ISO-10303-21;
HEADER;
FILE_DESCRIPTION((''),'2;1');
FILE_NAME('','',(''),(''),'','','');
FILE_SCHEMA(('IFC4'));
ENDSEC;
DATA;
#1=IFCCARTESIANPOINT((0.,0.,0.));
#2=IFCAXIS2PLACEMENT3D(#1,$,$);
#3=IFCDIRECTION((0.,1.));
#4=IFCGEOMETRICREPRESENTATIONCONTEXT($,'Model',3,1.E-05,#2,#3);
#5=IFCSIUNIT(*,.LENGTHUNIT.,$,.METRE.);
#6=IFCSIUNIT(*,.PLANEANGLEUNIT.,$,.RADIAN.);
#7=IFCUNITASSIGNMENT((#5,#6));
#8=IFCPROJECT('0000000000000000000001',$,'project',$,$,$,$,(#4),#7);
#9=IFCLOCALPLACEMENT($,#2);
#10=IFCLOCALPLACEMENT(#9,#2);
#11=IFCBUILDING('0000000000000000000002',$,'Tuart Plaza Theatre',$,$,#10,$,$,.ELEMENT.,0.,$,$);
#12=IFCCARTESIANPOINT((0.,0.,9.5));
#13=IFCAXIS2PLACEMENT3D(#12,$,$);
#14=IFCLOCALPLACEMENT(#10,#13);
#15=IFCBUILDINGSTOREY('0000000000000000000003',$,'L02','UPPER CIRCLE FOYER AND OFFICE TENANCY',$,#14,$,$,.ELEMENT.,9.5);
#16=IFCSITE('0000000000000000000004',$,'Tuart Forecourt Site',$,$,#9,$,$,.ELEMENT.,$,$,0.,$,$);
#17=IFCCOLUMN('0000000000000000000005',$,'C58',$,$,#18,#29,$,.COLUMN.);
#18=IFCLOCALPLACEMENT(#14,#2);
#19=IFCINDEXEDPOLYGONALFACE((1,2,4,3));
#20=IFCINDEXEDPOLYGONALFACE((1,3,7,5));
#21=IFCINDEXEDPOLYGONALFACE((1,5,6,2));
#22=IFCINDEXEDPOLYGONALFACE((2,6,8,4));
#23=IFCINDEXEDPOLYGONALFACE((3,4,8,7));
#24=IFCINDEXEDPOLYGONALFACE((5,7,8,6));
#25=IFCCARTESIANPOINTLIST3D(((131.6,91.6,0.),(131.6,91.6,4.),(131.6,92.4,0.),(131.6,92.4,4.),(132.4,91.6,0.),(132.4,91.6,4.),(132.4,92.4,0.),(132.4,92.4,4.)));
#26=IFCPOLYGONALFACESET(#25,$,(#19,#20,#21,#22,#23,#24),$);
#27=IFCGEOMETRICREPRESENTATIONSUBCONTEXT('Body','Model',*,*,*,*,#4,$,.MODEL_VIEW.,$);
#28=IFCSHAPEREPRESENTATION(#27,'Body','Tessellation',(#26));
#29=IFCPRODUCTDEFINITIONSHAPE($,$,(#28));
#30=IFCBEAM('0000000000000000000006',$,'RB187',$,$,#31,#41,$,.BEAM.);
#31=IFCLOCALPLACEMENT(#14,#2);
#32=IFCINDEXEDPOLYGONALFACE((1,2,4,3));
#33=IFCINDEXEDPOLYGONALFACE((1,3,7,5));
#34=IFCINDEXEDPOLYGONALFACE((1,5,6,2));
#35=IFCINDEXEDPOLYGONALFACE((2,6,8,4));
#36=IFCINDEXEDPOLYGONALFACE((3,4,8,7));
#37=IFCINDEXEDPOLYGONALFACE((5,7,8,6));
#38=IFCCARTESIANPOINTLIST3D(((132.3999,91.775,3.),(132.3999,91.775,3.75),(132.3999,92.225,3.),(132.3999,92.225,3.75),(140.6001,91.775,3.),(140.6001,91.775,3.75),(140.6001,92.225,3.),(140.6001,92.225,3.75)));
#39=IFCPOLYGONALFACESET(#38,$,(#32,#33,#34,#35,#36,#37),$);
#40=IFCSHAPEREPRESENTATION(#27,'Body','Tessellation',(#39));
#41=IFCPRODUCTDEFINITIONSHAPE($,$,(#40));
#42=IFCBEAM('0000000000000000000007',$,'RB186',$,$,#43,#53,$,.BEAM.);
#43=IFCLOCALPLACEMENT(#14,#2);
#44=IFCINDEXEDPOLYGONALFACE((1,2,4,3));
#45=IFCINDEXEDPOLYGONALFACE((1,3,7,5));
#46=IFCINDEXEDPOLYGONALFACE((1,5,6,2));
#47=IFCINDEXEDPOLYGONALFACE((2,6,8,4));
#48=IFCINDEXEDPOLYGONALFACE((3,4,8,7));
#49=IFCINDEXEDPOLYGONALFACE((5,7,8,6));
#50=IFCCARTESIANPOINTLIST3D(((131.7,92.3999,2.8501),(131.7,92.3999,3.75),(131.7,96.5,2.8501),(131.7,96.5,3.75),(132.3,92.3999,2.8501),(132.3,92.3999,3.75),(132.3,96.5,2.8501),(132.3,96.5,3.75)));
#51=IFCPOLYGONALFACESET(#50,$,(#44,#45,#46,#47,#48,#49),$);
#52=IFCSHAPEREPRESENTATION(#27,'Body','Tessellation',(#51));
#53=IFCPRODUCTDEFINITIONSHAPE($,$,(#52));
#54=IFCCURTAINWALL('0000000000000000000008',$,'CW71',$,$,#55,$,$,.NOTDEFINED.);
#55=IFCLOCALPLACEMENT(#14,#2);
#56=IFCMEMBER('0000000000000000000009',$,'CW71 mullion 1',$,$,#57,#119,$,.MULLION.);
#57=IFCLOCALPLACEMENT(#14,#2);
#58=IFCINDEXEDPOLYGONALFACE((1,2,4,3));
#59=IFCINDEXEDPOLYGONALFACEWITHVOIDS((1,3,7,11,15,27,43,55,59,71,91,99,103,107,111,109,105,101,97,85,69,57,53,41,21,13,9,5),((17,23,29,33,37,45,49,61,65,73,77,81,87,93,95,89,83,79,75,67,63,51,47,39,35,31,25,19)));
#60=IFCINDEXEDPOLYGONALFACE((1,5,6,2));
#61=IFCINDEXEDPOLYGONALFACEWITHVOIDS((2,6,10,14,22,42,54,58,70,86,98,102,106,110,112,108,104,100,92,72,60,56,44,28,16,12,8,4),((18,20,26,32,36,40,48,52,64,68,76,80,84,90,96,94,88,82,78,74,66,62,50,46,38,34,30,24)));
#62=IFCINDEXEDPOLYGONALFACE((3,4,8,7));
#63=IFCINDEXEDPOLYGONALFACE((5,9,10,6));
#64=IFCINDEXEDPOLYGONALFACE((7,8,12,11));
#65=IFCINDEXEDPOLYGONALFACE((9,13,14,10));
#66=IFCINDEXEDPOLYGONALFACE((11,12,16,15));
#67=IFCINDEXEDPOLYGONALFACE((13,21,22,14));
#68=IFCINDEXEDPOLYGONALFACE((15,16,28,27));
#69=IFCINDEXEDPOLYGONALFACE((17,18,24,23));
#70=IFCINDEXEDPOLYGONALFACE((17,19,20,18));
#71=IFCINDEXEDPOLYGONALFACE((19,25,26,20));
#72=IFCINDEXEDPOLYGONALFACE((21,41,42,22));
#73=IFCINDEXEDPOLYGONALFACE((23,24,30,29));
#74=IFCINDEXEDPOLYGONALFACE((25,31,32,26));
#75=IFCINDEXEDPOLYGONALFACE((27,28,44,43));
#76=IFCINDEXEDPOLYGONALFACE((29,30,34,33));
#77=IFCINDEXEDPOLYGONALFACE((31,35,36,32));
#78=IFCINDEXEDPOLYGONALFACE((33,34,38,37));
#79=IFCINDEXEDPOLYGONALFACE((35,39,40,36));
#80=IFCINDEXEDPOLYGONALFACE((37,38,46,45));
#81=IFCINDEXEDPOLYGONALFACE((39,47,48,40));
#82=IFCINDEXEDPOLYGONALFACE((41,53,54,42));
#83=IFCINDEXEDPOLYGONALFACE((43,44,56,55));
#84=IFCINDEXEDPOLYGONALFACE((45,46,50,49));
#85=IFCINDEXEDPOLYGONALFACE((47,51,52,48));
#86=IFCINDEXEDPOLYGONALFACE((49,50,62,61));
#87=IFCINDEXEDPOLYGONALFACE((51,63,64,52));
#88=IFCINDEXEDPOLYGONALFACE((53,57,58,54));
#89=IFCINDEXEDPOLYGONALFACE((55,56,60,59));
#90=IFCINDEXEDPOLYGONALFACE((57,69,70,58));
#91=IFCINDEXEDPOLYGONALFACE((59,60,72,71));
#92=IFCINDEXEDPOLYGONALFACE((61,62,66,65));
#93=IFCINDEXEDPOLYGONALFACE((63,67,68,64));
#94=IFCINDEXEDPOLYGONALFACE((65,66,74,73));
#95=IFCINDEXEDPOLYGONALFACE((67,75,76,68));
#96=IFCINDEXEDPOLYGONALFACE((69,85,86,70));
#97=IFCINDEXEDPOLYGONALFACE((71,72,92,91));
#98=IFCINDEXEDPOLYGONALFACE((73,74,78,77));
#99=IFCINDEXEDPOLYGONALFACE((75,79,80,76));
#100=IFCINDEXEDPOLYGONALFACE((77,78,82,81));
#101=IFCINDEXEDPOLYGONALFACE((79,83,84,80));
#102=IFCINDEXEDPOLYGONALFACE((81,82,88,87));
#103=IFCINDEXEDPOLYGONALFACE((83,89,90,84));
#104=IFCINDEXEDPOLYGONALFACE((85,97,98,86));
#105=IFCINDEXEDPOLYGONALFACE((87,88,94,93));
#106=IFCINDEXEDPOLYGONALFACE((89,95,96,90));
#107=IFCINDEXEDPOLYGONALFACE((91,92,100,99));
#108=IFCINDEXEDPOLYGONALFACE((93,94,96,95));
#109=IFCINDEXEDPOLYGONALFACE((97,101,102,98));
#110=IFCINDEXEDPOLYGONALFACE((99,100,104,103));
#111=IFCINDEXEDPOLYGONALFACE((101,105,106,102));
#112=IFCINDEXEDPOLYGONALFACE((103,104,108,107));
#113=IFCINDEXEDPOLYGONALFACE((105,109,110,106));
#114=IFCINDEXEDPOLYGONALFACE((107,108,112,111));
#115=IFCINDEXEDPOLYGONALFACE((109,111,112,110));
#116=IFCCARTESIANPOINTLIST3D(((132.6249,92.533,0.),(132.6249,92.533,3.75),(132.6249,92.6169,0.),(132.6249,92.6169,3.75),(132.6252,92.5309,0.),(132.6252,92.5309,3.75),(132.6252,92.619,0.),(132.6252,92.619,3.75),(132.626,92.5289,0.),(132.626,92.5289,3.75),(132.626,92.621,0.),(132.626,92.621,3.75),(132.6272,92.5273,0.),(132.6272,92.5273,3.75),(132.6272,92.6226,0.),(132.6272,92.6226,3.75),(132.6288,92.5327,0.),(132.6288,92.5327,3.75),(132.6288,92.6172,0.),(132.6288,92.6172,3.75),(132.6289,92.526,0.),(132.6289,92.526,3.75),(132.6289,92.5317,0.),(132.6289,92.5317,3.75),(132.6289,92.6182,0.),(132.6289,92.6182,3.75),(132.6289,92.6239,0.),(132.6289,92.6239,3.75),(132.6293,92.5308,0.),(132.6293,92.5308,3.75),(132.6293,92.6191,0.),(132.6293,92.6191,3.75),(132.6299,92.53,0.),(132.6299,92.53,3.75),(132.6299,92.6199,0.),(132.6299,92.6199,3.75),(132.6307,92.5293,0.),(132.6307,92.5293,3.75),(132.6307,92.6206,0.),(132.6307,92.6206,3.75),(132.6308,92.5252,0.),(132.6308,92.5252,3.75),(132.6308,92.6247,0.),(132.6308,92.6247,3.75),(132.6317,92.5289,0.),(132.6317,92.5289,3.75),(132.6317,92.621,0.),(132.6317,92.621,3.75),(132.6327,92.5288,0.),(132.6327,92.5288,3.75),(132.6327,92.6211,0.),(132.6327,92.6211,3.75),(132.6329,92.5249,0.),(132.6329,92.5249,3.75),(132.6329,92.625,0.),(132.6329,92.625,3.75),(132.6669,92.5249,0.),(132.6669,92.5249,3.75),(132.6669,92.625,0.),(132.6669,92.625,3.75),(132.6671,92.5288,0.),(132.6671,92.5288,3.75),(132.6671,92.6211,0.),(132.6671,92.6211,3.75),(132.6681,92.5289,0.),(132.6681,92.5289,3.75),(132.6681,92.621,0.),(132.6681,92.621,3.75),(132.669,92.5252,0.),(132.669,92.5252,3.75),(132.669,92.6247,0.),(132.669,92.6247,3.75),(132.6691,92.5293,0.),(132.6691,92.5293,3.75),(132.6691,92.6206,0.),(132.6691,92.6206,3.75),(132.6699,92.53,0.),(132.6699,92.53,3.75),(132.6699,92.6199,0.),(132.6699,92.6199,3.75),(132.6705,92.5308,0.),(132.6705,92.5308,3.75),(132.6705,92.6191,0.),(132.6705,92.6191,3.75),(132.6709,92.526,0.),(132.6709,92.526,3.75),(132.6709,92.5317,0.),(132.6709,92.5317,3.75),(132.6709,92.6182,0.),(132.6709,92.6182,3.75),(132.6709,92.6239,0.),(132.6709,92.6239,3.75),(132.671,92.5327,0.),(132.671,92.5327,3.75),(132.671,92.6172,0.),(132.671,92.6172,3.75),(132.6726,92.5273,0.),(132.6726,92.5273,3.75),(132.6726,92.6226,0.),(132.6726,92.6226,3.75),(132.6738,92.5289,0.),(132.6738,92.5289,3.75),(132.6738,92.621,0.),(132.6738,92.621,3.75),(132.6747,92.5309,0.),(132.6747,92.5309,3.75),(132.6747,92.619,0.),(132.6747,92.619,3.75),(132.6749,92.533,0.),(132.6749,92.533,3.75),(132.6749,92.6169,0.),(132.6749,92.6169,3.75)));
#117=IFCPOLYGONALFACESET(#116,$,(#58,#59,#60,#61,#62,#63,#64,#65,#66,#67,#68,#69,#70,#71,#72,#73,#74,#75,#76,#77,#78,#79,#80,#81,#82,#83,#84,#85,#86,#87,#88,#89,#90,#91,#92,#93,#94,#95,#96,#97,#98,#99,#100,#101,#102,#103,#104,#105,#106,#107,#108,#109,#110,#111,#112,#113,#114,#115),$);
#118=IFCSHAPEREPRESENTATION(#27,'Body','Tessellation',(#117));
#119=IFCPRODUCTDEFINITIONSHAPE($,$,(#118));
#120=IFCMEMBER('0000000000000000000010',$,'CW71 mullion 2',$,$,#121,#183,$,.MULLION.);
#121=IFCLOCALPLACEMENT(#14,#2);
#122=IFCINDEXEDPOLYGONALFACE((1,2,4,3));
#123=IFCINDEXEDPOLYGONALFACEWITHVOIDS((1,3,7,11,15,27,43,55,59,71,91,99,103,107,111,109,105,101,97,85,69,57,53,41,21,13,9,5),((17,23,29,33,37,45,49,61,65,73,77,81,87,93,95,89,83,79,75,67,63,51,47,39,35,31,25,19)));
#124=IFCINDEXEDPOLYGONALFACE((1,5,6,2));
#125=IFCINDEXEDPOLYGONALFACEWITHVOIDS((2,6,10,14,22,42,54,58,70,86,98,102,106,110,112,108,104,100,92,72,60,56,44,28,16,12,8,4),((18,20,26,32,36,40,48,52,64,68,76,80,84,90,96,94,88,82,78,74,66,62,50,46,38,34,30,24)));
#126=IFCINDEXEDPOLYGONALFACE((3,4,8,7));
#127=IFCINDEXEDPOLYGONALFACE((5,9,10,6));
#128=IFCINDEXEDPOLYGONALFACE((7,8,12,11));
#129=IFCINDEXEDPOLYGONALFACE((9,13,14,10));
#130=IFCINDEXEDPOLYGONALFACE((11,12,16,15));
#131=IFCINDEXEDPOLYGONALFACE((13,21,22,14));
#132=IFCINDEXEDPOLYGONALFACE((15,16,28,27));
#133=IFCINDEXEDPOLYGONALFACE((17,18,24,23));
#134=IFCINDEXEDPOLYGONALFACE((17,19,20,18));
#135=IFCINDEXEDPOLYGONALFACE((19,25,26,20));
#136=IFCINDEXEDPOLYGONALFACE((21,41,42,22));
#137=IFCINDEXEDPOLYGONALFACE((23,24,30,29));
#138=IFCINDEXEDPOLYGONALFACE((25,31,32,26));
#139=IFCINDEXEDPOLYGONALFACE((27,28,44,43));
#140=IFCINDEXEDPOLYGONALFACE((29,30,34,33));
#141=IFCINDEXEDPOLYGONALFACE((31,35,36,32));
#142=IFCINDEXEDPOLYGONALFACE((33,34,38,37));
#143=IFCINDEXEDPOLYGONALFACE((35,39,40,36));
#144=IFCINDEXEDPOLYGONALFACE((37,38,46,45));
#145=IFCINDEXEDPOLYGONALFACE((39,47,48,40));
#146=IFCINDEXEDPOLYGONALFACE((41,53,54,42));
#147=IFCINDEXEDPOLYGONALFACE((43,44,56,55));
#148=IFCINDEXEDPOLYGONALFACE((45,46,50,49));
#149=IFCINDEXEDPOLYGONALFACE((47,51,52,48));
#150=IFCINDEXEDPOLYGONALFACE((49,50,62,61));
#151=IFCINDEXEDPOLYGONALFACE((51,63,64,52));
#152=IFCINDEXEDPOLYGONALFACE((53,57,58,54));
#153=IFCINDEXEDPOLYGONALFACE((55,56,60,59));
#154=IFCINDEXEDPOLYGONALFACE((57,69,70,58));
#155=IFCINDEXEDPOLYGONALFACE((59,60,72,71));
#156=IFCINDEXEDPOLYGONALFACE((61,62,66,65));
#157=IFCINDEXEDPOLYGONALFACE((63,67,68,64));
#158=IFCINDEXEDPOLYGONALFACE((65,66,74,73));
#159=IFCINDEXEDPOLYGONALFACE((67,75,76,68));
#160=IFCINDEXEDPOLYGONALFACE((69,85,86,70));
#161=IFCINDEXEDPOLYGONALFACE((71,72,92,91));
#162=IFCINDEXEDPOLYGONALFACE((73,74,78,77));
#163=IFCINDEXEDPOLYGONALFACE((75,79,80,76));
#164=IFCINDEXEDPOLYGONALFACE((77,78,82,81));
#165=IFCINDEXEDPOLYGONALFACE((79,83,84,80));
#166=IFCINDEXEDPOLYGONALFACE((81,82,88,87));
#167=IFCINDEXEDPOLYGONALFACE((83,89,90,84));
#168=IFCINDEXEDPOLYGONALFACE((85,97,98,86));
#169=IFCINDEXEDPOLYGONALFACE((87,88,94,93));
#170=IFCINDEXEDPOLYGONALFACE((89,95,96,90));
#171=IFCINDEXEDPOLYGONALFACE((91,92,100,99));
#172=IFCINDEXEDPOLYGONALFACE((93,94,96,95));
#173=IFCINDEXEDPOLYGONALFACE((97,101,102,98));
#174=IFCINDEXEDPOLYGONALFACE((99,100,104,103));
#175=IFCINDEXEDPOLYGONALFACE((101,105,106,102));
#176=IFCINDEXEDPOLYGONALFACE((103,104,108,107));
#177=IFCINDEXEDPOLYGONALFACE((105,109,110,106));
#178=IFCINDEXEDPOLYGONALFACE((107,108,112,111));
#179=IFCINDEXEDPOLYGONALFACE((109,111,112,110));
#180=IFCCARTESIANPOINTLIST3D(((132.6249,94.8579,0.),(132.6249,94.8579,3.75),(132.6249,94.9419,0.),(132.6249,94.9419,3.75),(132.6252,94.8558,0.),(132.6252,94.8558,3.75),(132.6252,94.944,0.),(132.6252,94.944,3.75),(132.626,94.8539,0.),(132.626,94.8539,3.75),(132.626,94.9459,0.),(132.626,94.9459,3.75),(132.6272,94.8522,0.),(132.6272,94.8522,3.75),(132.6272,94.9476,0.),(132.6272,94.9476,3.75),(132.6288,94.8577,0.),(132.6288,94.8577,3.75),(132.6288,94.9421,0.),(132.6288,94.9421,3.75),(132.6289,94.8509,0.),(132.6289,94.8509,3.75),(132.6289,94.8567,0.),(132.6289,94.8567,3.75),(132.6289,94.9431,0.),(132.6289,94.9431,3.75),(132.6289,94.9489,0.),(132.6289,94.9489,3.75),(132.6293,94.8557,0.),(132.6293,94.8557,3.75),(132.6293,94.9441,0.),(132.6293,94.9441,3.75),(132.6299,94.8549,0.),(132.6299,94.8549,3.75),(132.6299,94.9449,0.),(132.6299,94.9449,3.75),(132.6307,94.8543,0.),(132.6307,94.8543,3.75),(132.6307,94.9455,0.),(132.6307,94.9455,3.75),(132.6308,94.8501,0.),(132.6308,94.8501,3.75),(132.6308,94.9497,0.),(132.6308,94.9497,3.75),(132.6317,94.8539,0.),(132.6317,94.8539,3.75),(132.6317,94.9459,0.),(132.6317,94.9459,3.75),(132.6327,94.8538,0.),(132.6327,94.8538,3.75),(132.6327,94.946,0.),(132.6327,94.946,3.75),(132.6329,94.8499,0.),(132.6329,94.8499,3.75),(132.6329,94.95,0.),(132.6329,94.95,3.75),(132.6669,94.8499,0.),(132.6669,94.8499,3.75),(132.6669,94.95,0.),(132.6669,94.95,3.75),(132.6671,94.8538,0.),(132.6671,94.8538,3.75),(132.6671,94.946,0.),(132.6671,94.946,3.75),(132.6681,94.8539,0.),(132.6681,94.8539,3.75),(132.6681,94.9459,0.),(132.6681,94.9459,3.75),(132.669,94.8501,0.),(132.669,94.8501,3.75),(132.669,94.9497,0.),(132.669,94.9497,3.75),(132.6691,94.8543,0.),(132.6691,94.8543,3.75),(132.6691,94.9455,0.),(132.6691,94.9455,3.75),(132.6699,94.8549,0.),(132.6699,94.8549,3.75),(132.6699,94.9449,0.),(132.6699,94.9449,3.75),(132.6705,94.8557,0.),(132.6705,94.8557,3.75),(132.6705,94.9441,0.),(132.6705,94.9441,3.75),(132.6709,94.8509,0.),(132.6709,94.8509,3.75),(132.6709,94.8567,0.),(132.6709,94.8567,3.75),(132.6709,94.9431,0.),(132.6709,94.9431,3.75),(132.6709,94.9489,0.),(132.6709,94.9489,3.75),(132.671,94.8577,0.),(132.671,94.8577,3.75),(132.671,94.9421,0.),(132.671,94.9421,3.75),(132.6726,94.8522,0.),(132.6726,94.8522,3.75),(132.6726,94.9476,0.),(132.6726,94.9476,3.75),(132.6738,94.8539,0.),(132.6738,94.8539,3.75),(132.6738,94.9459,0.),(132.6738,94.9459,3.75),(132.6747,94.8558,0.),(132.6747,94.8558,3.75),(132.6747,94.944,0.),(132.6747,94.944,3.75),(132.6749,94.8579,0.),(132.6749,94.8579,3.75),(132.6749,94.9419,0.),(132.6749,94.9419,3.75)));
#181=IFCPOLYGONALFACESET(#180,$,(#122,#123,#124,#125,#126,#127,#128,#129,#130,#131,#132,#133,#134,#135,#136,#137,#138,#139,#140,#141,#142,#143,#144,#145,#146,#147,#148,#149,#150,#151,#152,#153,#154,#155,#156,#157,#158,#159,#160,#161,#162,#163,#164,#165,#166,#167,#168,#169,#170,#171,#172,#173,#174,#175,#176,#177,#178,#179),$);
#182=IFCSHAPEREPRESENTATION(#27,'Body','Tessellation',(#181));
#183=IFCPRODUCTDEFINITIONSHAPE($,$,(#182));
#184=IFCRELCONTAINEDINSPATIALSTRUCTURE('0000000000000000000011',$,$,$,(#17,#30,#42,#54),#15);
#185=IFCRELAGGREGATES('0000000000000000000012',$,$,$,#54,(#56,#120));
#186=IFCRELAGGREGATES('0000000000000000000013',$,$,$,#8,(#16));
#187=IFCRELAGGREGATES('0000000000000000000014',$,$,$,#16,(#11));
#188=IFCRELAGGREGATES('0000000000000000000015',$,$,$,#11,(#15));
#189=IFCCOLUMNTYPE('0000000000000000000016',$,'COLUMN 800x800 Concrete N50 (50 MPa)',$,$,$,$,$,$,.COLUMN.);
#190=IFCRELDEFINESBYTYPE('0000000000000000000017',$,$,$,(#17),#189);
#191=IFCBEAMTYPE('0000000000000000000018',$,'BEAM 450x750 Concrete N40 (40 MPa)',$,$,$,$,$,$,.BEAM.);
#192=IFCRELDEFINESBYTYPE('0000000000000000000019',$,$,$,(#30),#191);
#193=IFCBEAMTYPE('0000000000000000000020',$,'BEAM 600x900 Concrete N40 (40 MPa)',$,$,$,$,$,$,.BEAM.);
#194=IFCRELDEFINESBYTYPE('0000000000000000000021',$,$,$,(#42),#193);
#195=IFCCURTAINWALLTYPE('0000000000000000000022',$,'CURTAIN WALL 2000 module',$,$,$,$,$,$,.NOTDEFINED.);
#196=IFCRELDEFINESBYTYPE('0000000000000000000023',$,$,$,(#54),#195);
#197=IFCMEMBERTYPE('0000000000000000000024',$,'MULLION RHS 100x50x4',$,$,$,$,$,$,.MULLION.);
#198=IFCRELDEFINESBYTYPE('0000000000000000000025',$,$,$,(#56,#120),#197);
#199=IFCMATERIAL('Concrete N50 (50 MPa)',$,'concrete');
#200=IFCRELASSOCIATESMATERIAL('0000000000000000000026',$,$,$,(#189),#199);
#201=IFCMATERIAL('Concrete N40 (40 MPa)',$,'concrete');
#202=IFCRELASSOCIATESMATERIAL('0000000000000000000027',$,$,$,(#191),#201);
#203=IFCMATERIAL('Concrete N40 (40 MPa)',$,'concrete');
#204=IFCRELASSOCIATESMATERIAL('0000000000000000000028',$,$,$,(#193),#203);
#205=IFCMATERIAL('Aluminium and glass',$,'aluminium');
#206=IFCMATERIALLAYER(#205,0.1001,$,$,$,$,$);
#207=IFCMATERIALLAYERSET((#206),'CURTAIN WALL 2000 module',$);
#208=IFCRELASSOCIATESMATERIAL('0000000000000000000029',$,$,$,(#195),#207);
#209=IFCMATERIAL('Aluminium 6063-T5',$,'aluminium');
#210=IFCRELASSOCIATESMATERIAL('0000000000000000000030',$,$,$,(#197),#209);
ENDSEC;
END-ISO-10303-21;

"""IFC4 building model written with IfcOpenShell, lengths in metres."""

from ifc_helpers import new_model, si_unit, direction, frame, origin, origin_2d, place, context, subcontext, project, spatial, rectangle, hollow_rectangle, extrude, material, layer, layer_set, material_profile, profile_set, type_object, element, aggregate, save


model = new_model("IFC4")

# Units and contexts
model_context = context("Model", 3, precision=1e-05, world=origin(), true_north=direction((0.0, 1.0)))
body_context = subcontext(model_context, "Body", "Model", "MODEL_VIEW")
ifc_project = project(units=[si_unit("LENGTHUNIT", "METRE"), si_unit("PLANEANGLEUNIT", "RADIAN")], contexts=[model_context])

# Site, building, storey
site_placement = place(None, origin())
site = spatial("IfcSite", under=ifc_project, at=site_placement, Name="Tuart Forecourt Site", CompositionType="ELEMENT", RefElevation=0.0)
building_placement = place(site_placement, origin())
building = spatial("IfcBuilding", under=site, at=building_placement, Name="Tuart Plaza Theatre", CompositionType="ELEMENT", ElevationOfRefHeight=0.0)
storey_placement = place(building_placement, frame((0.0, 0.0, 9.5)))
storey = spatial("IfcBuildingStorey", under=building, at=storey_placement, Name="L02", Description="UPPER CIRCLE FOYER AND OFFICE TENANCY", CompositionType="ELEMENT", Elevation=9.5)

# Column
ifc_material_1 = material(Name="Concrete N50 (50 MPa)", Category="concrete")
ifc_material_profile_1 = material_profile(ifc_material_1, rectangle(XDim=0.8, YDim=0.8, at=origin_2d()), Name="COLUMN 800x800 Concrete N50 (50 MPa)")
ifc_profile_set_1 = profile_set([ifc_material_profile_1], Name="Concrete N50 (50 MPa)")
column_type = type_object("IfcColumnType", Name="COLUMN 800x800 Concrete N50 (50 MPa)", PredefinedType="COLUMN", material=ifc_profile_set_1)
column_placement = place(storey_placement, frame((132.0, 92.0, 0.0), z_axis=(0.0, 0.0, 1.0), x_axis=(1.0, 0.0, 0.0)))
element("IfcColumn", 1, at=column_placement, inside=storey, type_object=column_type, Name="C58", PredefinedType="COLUMN", context=body_context, shape_type="SweptSolid", body=[
    extrude(rectangle(XDim=0.8, YDim=0.8, at=origin_2d()), origin(), (0.0, 0.0, 1.0), 4.0),
])

# Beams
ifc_material_2 = material(Name="Concrete N40 (40 MPa)", Category="concrete")
ifc_material_profile_2 = material_profile(ifc_material_2, rectangle(XDim=0.45, YDim=0.75, at=origin_2d()), Name="BEAM 450x750 Concrete N40 (40 MPa)")
ifc_profile_set_2 = profile_set([ifc_material_profile_2], Name="Concrete N40 (40 MPa)")
beam_type_1 = type_object("IfcBeamType", Name="BEAM 450x750 Concrete N40 (40 MPa)", PredefinedType="BEAM", material=ifc_profile_set_2)
beam_1_placement = place(storey_placement, frame((132.3999, 92.0, 3.375), z_axis=(1.0, 0.0, 0.0), x_axis=(0.0, 1.0, 0.0)))
element("IfcBeam", 2, at=beam_1_placement, inside=storey, type_object=beam_type_1, Name="RB187", PredefinedType="BEAM", context=body_context, shape_type="SweptSolid", body=[
    extrude(rectangle(XDim=0.45, YDim=0.75, at=origin_2d()), origin(), (0.0, 0.0, 1.0), 8.2002),
])
ifc_material_3 = material(Name="Concrete N40 (40 MPa)", Category="concrete")
ifc_material_profile_3 = material_profile(ifc_material_3, rectangle(XDim=0.6001, YDim=0.8999, at=origin_2d()), Name="BEAM 600x900 Concrete N40 (40 MPa)")
ifc_profile_set_3 = profile_set([ifc_material_profile_3], Name="Concrete N40 (40 MPa)")
beam_type_2 = type_object("IfcBeamType", Name="BEAM 600x900 Concrete N40 (40 MPa)", PredefinedType="BEAM", material=ifc_profile_set_3)
beam_2_placement = place(storey_placement, frame((132.0, 92.3999, 3.3), z_axis=(0.0, 1.0, 0.0), x_axis=(-1.0, 0.0, 0.0)))
element("IfcBeam", 3, at=beam_2_placement, inside=storey, type_object=beam_type_2, Name="RB186", PredefinedType="BEAM", context=body_context, shape_type="SweptSolid", body=[
    extrude(rectangle(XDim=0.6001, YDim=0.8999, at=origin_2d()), origin(), (0.0, 0.0, 1.0), 4.1001),
])

# Curtain wall, members
ifc_material_4 = material(Name="Aluminium and glass", Category="aluminium")
ifc_layer_1 = layer(ifc_material_4, 0.1001)
ifc_layer_set_1 = layer_set([ifc_layer_1], Name="CURTAIN WALL 2000 module")
curtain_wall_type = type_object("IfcCurtainWallType", Name="CURTAIN WALL 2000 module", PredefinedType="NOTDEFINED", material=ifc_layer_set_1)
curtain_wall_1_placement = place(storey_placement, origin())
curtain_wall_1 = element("IfcCurtainWall", 4, at=curtain_wall_1_placement, inside=storey, type_object=curtain_wall_type, Name="CW71", PredefinedType="NOTDEFINED")
ifc_material_5 = material(Name="Aluminium 6063-T5", Category="aluminium")
ifc_material_profile_4 = material_profile(ifc_material_5, hollow_rectangle(XDim=0.05, YDim=0.1001, WallThickness=0.0039, InnerFilletRadius=0.0039, OuterFilletRadius=0.0081, at=origin_2d()), Name="RHS 100x50x4")
ifc_profile_set_4 = profile_set([ifc_material_profile_4], Name="Aluminium 6063-T5")
member_type_1 = type_object("IfcMemberType", Name="MULLION RHS 100x50x4", PredefinedType="MULLION", material=ifc_profile_set_4)
member_1_placement = place(storey_placement, frame((132.6499, 92.575, 0.0), z_axis=(0.0, 0.0, 1.0), x_axis=(-1.0, 0.0, 0.0)))
member_1 = element("IfcMember", 5, at=member_1_placement, type_object=member_type_1, Name="CW71 mullion 1", PredefinedType="MULLION", context=body_context, shape_type="SweptSolid", body=[
    extrude(hollow_rectangle(XDim=0.05, YDim=0.1001, WallThickness=0.0039, InnerFilletRadius=0.0039, OuterFilletRadius=0.0081, at=origin_2d()), origin(), (0.0, 0.0, 1.0), 3.75),
])
member_2_placement = place(storey_placement, frame((132.6499, 94.8999, 0.0), z_axis=(0.0, 0.0, 1.0), x_axis=(-1.0, 0.0, 0.0)))
member_2 = element("IfcMember", 6, at=member_2_placement, type_object=member_type_1, Name="CW71 mullion 2", PredefinedType="MULLION", context=body_context, shape_type="SweptSolid", body=[
    extrude(hollow_rectangle(XDim=0.05, YDim=0.1001, WallThickness=0.0039, InnerFilletRadius=0.0039, OuterFilletRadius=0.0081, at=origin_2d()), origin(), (0.0, 0.0, 1.0), 3.75),
])

aggregate(curtain_wall_1, [member_1, member_2])

save(model, "model.ifc")
